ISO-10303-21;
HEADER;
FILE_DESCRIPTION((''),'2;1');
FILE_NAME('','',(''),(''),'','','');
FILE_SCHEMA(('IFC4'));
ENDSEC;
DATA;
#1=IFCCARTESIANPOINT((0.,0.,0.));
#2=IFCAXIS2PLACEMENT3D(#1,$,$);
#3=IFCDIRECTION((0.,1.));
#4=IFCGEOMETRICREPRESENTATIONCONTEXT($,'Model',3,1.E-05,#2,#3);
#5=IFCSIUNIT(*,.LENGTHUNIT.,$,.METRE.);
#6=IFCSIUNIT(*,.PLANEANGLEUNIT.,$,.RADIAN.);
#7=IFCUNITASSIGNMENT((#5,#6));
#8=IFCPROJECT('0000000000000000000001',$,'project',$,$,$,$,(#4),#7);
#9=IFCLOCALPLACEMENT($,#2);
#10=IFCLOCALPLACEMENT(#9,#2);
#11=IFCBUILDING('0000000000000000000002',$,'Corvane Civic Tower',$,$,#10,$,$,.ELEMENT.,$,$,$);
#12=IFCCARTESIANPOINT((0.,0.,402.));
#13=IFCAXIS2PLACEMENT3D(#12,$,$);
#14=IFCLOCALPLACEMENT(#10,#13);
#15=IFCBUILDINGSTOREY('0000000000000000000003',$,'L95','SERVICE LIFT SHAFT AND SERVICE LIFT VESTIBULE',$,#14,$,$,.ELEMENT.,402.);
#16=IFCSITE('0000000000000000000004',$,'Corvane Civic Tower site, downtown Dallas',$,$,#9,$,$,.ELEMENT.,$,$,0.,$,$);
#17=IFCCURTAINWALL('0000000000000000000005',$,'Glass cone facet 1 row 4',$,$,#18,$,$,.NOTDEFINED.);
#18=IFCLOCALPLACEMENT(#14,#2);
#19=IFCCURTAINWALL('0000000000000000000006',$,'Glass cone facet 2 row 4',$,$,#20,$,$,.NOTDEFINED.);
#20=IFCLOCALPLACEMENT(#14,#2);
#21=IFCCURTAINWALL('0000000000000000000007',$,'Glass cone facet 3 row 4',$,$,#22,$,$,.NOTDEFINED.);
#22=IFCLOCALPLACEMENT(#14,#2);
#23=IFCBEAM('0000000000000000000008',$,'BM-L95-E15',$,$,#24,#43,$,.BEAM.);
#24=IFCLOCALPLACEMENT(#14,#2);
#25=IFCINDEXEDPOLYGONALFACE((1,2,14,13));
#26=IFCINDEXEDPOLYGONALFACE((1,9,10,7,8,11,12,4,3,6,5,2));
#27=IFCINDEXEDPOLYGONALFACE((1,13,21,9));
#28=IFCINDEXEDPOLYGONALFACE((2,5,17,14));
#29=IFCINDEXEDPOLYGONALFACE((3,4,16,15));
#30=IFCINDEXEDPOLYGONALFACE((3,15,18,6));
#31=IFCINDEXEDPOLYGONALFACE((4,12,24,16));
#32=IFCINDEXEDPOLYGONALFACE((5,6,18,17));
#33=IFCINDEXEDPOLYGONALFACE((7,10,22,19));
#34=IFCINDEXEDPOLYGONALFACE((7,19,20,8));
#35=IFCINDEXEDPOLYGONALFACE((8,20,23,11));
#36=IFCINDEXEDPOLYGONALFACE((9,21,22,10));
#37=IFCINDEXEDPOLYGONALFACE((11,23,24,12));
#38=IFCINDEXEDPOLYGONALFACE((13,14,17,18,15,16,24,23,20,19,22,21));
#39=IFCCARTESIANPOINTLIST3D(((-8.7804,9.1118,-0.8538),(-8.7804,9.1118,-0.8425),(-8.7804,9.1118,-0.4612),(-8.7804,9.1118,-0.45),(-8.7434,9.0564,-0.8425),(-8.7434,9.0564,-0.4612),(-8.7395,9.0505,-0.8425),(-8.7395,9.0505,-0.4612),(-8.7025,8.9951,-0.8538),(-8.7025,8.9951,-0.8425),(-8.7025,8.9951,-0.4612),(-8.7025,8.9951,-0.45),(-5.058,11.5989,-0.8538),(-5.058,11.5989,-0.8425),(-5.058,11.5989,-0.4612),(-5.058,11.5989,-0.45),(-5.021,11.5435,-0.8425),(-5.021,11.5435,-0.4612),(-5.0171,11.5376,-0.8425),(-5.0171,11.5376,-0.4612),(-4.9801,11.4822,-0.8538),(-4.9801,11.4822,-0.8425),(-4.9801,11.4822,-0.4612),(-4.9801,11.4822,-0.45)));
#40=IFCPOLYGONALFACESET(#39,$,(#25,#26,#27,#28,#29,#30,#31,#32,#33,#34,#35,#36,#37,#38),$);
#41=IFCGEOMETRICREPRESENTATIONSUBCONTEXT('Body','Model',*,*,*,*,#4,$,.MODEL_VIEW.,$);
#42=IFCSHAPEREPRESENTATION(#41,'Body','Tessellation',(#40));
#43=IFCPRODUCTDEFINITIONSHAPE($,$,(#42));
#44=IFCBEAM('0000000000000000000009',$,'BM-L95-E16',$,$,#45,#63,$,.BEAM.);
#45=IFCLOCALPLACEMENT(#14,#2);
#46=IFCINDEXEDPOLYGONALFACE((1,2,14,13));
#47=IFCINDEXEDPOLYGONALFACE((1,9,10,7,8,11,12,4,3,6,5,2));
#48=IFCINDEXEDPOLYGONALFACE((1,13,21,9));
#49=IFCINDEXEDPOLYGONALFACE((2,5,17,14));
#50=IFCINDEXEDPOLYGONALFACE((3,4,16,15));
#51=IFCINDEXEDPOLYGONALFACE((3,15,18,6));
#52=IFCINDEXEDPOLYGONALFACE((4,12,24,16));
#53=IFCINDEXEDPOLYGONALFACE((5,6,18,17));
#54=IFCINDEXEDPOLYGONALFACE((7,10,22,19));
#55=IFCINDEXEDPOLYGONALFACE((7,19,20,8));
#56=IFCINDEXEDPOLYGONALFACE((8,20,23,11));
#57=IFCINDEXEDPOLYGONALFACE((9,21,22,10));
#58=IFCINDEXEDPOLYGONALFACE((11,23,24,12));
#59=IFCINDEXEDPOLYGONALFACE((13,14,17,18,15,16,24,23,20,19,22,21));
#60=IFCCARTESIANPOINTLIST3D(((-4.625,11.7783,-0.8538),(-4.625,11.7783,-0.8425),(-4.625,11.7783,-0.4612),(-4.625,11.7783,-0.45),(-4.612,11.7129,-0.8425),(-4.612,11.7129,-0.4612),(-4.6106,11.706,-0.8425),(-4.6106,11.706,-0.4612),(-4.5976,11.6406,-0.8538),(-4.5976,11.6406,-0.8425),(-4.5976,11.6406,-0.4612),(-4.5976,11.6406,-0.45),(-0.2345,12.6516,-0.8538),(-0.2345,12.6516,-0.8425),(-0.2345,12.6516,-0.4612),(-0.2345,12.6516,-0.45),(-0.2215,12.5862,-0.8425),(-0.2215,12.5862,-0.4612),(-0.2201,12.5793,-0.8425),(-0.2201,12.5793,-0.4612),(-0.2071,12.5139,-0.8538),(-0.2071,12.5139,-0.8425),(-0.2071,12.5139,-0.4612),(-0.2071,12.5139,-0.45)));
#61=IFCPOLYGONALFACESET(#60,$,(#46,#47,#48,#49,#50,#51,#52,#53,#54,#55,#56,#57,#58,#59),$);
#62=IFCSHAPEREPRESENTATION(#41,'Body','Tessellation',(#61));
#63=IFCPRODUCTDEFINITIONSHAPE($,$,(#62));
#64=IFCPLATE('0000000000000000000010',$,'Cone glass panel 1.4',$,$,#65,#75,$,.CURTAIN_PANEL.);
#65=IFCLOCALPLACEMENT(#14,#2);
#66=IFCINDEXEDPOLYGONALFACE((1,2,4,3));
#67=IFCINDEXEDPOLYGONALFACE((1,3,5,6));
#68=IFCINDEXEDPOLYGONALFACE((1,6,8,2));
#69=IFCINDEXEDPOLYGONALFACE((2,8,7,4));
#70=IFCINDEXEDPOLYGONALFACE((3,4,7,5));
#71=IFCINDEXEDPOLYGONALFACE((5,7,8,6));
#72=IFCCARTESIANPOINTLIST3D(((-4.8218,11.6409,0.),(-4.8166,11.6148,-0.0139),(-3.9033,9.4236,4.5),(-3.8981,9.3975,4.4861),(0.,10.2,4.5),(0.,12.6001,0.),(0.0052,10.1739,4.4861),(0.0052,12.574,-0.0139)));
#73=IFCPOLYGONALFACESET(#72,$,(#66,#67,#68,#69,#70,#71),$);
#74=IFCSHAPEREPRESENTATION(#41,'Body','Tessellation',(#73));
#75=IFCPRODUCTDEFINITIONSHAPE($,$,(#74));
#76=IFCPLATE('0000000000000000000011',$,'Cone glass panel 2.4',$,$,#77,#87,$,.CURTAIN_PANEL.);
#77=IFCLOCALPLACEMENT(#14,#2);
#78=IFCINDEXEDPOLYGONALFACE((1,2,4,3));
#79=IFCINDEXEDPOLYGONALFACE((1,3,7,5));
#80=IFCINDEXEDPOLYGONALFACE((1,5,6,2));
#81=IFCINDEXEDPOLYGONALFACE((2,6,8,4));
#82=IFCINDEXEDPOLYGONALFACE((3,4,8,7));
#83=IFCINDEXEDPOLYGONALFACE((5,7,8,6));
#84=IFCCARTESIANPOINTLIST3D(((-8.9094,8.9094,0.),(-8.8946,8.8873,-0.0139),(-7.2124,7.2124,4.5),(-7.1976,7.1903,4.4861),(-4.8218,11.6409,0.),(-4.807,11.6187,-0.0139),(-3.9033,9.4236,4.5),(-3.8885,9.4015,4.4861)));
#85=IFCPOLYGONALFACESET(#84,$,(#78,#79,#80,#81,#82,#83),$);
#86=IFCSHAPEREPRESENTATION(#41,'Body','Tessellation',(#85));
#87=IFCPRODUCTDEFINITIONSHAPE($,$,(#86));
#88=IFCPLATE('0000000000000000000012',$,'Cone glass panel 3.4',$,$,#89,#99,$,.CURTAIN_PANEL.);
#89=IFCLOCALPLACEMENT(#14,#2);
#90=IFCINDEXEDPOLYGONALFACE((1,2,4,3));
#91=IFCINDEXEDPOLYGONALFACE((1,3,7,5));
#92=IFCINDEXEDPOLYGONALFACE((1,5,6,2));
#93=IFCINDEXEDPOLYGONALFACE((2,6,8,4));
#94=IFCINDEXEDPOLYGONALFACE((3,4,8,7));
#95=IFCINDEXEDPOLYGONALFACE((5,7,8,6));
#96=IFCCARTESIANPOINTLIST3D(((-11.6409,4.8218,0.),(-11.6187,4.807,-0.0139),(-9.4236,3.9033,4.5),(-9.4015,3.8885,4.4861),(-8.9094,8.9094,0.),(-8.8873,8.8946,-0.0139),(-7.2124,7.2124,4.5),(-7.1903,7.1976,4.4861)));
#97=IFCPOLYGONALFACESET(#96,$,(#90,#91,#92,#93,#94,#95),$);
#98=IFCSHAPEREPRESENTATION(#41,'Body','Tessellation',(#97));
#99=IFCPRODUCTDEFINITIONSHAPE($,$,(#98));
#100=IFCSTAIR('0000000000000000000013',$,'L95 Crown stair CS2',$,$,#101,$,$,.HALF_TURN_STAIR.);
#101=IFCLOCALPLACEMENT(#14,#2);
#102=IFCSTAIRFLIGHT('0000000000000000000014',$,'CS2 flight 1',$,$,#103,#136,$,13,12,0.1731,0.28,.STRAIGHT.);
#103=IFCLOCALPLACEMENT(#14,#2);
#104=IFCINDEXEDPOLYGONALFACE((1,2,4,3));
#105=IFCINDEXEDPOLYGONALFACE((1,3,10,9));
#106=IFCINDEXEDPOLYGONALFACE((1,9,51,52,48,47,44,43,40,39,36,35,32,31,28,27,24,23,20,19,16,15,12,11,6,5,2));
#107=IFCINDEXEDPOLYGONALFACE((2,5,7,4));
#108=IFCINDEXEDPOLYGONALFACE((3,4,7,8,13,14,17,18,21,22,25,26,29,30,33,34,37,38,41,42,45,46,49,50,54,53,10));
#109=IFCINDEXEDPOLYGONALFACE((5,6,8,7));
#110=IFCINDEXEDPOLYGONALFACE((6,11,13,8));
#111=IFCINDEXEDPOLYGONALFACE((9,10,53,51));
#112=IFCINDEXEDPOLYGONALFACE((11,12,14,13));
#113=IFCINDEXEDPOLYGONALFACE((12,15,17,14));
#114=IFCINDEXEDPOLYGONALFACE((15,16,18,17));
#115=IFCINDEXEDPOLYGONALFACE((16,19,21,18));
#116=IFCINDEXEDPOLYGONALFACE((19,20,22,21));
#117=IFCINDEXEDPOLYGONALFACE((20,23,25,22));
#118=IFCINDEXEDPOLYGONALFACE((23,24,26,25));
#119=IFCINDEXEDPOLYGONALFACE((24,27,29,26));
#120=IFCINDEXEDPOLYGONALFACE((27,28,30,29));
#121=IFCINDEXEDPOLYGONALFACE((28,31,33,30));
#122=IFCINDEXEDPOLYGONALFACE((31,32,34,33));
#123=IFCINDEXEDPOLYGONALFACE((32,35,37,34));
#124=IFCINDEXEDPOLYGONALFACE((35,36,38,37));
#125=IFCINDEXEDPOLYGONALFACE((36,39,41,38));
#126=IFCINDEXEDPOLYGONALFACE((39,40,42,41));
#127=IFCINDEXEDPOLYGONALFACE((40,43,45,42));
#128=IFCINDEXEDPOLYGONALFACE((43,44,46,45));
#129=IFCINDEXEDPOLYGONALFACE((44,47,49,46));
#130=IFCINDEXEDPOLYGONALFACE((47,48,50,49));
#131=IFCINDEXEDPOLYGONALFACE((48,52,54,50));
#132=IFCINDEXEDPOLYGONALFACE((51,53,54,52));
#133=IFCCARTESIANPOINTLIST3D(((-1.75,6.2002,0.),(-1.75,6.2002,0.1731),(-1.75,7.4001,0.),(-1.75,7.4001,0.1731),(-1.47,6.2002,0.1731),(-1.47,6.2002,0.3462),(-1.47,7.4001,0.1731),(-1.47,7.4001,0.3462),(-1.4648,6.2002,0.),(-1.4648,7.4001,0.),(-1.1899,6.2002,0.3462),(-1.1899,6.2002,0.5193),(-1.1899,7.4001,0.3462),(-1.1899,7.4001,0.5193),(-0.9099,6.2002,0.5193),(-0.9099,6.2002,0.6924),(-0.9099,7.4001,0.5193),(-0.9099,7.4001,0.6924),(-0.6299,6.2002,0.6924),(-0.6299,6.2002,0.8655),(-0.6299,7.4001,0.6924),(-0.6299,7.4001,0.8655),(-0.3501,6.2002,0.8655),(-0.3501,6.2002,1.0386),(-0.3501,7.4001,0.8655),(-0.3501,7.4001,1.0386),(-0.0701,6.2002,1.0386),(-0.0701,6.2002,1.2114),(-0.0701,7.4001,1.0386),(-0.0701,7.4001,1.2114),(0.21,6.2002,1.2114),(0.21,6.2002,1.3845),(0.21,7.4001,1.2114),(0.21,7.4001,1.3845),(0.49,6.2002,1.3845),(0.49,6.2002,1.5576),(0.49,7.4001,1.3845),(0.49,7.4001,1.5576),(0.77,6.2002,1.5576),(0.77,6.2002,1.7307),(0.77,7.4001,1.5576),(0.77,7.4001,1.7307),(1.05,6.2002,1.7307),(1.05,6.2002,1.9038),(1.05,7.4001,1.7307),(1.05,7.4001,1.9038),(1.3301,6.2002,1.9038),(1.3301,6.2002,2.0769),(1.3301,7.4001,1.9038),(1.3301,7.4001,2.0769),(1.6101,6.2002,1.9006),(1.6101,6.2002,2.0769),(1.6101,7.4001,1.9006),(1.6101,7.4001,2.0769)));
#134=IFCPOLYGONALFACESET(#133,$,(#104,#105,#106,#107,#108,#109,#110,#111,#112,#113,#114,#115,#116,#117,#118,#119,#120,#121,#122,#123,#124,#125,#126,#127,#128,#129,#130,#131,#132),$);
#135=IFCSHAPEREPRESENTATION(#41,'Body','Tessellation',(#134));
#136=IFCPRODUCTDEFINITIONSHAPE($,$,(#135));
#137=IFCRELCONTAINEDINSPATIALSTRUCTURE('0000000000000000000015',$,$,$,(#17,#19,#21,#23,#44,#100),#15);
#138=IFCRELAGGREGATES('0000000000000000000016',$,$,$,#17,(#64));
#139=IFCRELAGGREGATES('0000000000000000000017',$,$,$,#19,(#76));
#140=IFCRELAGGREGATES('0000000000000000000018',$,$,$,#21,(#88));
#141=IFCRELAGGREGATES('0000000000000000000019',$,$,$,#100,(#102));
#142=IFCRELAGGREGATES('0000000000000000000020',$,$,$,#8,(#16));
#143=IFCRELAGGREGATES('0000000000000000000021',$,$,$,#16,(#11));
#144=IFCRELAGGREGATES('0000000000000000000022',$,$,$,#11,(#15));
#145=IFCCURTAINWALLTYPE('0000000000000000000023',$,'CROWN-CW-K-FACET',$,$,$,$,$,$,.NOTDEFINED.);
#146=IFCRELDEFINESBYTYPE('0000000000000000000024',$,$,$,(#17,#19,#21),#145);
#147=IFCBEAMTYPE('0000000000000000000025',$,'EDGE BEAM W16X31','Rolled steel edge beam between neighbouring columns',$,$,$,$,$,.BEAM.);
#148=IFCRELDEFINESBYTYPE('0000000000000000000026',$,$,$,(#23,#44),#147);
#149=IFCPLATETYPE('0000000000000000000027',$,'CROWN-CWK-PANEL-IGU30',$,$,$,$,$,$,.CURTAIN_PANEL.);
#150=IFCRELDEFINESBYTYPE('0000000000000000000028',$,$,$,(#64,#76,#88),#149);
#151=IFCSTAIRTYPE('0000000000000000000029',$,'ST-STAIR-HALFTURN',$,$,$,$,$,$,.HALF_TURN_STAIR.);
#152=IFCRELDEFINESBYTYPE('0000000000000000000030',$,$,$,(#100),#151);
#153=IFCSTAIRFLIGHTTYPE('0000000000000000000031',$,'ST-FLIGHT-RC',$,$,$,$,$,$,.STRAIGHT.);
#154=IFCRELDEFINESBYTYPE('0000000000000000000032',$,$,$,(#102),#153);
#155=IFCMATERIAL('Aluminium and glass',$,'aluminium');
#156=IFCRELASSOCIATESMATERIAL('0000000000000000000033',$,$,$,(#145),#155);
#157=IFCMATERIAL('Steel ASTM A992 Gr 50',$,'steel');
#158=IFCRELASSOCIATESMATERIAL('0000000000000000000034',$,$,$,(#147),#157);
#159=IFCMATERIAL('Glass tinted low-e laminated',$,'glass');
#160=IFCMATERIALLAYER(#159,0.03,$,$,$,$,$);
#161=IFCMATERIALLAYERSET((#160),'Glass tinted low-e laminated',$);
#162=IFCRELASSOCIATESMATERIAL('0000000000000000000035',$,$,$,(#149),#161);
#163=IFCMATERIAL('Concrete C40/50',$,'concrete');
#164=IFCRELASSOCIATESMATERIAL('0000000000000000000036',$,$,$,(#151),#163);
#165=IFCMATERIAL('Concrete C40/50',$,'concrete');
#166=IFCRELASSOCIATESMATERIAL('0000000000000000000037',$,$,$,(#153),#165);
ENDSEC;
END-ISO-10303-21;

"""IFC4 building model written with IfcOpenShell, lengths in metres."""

from ifc_helpers import new_model, si_unit, direction, frame, origin, origin_2d, place, context, subcontext, project, spatial, polyline, i_section, outline, extrude, material, layer, layer_set, material_profile, profile_set, type_object, element, aggregate, save


model = new_model("IFC4")

# Units and contexts
model_context = context("Model", 3, precision=1e-05, world=origin(), true_north=direction((0.0, 1.0)))
body_context = subcontext(model_context, "Body", "Model", "MODEL_VIEW")
ifc_project = project(units=[si_unit("LENGTHUNIT", "METRE"), si_unit("PLANEANGLEUNIT", "RADIAN")], contexts=[model_context])

# Site, building, storey
site_placement = place(None, origin())
site = spatial("IfcSite", under=ifc_project, at=site_placement, Name="Corvane Civic Tower site, downtown Dallas", CompositionType="ELEMENT", RefElevation=0.0)
building_placement = place(site_placement, origin())
building = spatial("IfcBuilding", under=site, at=building_placement, Name="Corvane Civic Tower", CompositionType="ELEMENT")
storey_placement = place(building_placement, frame((0.0, 0.0, 402.0)))
storey = spatial("IfcBuildingStorey", under=building, at=storey_placement, Name="L95", Description="SERVICE LIFT SHAFT AND SERVICE LIFT VESTIBULE", CompositionType="ELEMENT", Elevation=402.0)

# Curtain walls
ifc_material_1 = material(Name="Aluminium and glass", Category="aluminium")
curtain_wall_type = type_object("IfcCurtainWallType", Name="CROWN-CW-K-FACET", PredefinedType="NOTDEFINED", material=ifc_material_1)
curtain_wall_1_placement = place(storey_placement, origin())
curtain_wall_1 = element("IfcCurtainWall", 1, at=curtain_wall_1_placement, inside=storey, type_object=curtain_wall_type, Name="Glass cone facet 1 row 4", PredefinedType="NOTDEFINED")
curtain_wall_2_placement = place(storey_placement, origin())
curtain_wall_2 = element("IfcCurtainWall", 2, at=curtain_wall_2_placement, inside=storey, type_object=curtain_wall_type, Name="Glass cone facet 2 row 4", PredefinedType="NOTDEFINED")

# Curtain wall
curtain_wall_3_placement = place(storey_placement, origin())
curtain_wall_3 = element("IfcCurtainWall", 3, at=curtain_wall_3_placement, inside=storey, type_object=curtain_wall_type, Name="Glass cone facet 3 row 4", PredefinedType="NOTDEFINED")

# Beams
ifc_material_2 = material(Name="Steel ASTM A992 Gr 50", Category="steel")
ifc_material_profile_1 = material_profile(ifc_material_2, i_section(OverallWidth=0.1404, OverallDepth=0.4038, WebThickness=0.0071, FlangeThickness=0.0112, at=origin_2d()), Name="W16X31")
ifc_profile_set_1 = profile_set([ifc_material_profile_1], Name="Steel ASTM A992 Gr 50")
beam_type = type_object("IfcBeamType", Name="EDGE BEAM W16X31", Description="Rolled steel edge beam between neighbouring columns", PredefinedType="BEAM", material=ifc_profile_set_1)
beam_1_placement = place(storey_placement, frame((-8.7415, 9.0535, -0.6519), z_axis=(0.831488, 0.555543, 0.0), x_axis=(-0.555543, 0.831488, 0.0)))
element("IfcBeam", 4, at=beam_1_placement, inside=storey, type_object=beam_type, Name="BM-L95-E15", PredefinedType="BEAM", context=body_context, shape_type="SweptSolid", body=[
    extrude(i_section(OverallWidth=0.1404, OverallDepth=0.4038, WebThickness=0.0071, FlangeThickness=0.0112, at=origin_2d()), origin(), (0.0, 0.0, 1.0), 4.4768),
])
beam_2_placement = place(storey_placement, frame((-4.6113, 11.7095, -0.6519), z_axis=(0.980788, 0.195078, 0.0), x_axis=(-0.195078, 0.980788, 0.0)))
element("IfcBeam", 5, at=beam_2_placement, inside=storey, type_object=beam_type, Name="BM-L95-E16", PredefinedType="BEAM", context=body_context, shape_type="SweptSolid", body=[
    extrude(i_section(OverallWidth=0.1404, OverallDepth=0.4038, WebThickness=0.0071, FlangeThickness=0.0112, at=origin_2d()), origin(), (0.0, 0.0, 1.0), 4.4766),
])

# Plates
ifc_material_3 = material(Name="Glass tinted low-e laminated", Category="glass")
ifc_layer = layer(ifc_material_3, 0.03)
ifc_layer_set = layer_set([ifc_layer], Name="Glass tinted low-e laminated")
plate_type = type_object("IfcPlateType", Name="CROWN-CWK-PANEL-IGU30", PredefinedType="CURTAIN_PANEL", material=ifc_layer_set)
plate_1_placement = place(storey_placement, frame((0.0, 12.6001, 0.0), z_axis=(-0.172874, 0.869063, 0.463513), x_axis=(-0.980783, -0.195101, 0.000007)))
plate_1 = element("IfcPlate", 6, at=plate_1_placement, type_object=plate_type, Name="Cone glass panel 1.4", PredefinedType="CURTAIN_PANEL", context=body_context, shape_type="SweptSolid", body=[
    extrude(outline(polyline([(0.0, 0.0), (4.9163, 0.0), (4.4481, 5.0785), (0.4683, 5.0785), (0.0, 0.0)])), origin(), (0.0, 0.0, -1.0), 0.03),
])
aggregate(curtain_wall_1, [plate_1])
plate_2_placement = place(storey_placement, frame((-4.8218, 11.6409, 0.0), z_axis=(-0.492309, 0.73675, 0.463499), x_axis=(-0.831454, -0.555593, 0.0)))
plate_2 = element("IfcPlate", 7, at=plate_2_placement, type_object=plate_type, Name="Cone glass panel 2.4", PredefinedType="CURTAIN_PANEL", context=body_context, shape_type="SweptSolid", body=[
    extrude(outline(polyline([(0.0, 0.0), (4.9163, 0.0), (4.4481, 5.0784), (0.4683, 5.0784), (0.0, 0.0)])), origin(), (0.0, 0.0, -1.0), 0.03),
])
aggregate(curtain_wall_2, [plate_2])
plate_3_placement = place(storey_placement, frame((-8.9094, 8.9094, 0.0), z_axis=(-0.73675, 0.492309, 0.463499), x_axis=(-0.555593, -0.831454, 0.0)))
plate_3 = element("IfcPlate", 8, at=plate_3_placement, type_object=plate_type, Name="Cone glass panel 3.4", PredefinedType="CURTAIN_PANEL", context=body_context, shape_type="SweptSolid", body=[
    extrude(outline(polyline([(0.0, 0.0), (4.9163, 0.0), (4.448, 5.0784), (0.4681, 5.0784), (0.0, 0.0)])), origin(), (0.0, 0.0, -1.0), 0.03),
])
aggregate(curtain_wall_3, [plate_3])

# Stair, stair flight
ifc_material_4 = material(Name="Concrete C40/50", Category="concrete")
stair_type = type_object("IfcStairType", Name="ST-STAIR-HALFTURN", PredefinedType="HALF_TURN_STAIR", material=ifc_material_4)
stair_placement = place(storey_placement, origin())
stair = element("IfcStair", 9, at=stair_placement, inside=storey, type_object=stair_type, Name="L95 Crown stair CS2", PredefinedType="HALF_TURN_STAIR")
ifc_material_5 = material(Name="Concrete C40/50", Category="concrete")
stair_flight_type = type_object("IfcStairFlightType", Name="ST-FLIGHT-RC", PredefinedType="STRAIGHT", material=ifc_material_5)
stair_flight_placement = place(storey_placement, frame((-1.75, 6.8, 0.0), z_axis=(0.0, 0.0, 1.0), x_axis=(1.0, 0.0, 0.0)))
stair_flight = element("IfcStairFlight", 10, at=stair_flight_placement, type_object=stair_flight_type, Name="CS2 flight 1", NumberOfRisers=13, NumberOfTreads=12, PredefinedType="STRAIGHT", RiserHeight=0.1731, TreadLength=0.28, context=body_context, shape_type="SweptSolid", body=[
    extrude(outline(polyline([(0.0, 0.0), (0.0, 0.1731), (0.28, 0.1731), (0.28, 0.3462), (0.5601, 0.3462), (0.5601, 0.5193), (0.8401, 0.5193), (0.8401, 0.6924), (1.1201, 0.6924), (1.1201, 0.8655), (1.3999, 0.8655), (1.3999, 1.0386), (1.6799, 1.0386), (1.6799, 1.2114), (1.96, 1.2114), (1.96, 1.3845), (2.24, 1.3845), (2.24, 1.5576), (2.52, 1.5576), (2.52, 1.7307), (2.8, 1.7307), (2.8, 1.9038), (3.0801, 1.9038), (3.0801, 2.0769), (3.3601, 2.0769), (3.3601, 2.25), (3.3601, 1.9006), (0.2852, 0.0), (0.0, 0.0)])), frame((0.0, 0.6001, 0.0), z_axis=(0.0, -1.0, 0.0), x_axis=(1.0, 0.0, 0.0)), (0.0, 0.0, 1.0), 1.2),
])
aggregate(stair, [stair_flight])

save(model, "model.ifc")
